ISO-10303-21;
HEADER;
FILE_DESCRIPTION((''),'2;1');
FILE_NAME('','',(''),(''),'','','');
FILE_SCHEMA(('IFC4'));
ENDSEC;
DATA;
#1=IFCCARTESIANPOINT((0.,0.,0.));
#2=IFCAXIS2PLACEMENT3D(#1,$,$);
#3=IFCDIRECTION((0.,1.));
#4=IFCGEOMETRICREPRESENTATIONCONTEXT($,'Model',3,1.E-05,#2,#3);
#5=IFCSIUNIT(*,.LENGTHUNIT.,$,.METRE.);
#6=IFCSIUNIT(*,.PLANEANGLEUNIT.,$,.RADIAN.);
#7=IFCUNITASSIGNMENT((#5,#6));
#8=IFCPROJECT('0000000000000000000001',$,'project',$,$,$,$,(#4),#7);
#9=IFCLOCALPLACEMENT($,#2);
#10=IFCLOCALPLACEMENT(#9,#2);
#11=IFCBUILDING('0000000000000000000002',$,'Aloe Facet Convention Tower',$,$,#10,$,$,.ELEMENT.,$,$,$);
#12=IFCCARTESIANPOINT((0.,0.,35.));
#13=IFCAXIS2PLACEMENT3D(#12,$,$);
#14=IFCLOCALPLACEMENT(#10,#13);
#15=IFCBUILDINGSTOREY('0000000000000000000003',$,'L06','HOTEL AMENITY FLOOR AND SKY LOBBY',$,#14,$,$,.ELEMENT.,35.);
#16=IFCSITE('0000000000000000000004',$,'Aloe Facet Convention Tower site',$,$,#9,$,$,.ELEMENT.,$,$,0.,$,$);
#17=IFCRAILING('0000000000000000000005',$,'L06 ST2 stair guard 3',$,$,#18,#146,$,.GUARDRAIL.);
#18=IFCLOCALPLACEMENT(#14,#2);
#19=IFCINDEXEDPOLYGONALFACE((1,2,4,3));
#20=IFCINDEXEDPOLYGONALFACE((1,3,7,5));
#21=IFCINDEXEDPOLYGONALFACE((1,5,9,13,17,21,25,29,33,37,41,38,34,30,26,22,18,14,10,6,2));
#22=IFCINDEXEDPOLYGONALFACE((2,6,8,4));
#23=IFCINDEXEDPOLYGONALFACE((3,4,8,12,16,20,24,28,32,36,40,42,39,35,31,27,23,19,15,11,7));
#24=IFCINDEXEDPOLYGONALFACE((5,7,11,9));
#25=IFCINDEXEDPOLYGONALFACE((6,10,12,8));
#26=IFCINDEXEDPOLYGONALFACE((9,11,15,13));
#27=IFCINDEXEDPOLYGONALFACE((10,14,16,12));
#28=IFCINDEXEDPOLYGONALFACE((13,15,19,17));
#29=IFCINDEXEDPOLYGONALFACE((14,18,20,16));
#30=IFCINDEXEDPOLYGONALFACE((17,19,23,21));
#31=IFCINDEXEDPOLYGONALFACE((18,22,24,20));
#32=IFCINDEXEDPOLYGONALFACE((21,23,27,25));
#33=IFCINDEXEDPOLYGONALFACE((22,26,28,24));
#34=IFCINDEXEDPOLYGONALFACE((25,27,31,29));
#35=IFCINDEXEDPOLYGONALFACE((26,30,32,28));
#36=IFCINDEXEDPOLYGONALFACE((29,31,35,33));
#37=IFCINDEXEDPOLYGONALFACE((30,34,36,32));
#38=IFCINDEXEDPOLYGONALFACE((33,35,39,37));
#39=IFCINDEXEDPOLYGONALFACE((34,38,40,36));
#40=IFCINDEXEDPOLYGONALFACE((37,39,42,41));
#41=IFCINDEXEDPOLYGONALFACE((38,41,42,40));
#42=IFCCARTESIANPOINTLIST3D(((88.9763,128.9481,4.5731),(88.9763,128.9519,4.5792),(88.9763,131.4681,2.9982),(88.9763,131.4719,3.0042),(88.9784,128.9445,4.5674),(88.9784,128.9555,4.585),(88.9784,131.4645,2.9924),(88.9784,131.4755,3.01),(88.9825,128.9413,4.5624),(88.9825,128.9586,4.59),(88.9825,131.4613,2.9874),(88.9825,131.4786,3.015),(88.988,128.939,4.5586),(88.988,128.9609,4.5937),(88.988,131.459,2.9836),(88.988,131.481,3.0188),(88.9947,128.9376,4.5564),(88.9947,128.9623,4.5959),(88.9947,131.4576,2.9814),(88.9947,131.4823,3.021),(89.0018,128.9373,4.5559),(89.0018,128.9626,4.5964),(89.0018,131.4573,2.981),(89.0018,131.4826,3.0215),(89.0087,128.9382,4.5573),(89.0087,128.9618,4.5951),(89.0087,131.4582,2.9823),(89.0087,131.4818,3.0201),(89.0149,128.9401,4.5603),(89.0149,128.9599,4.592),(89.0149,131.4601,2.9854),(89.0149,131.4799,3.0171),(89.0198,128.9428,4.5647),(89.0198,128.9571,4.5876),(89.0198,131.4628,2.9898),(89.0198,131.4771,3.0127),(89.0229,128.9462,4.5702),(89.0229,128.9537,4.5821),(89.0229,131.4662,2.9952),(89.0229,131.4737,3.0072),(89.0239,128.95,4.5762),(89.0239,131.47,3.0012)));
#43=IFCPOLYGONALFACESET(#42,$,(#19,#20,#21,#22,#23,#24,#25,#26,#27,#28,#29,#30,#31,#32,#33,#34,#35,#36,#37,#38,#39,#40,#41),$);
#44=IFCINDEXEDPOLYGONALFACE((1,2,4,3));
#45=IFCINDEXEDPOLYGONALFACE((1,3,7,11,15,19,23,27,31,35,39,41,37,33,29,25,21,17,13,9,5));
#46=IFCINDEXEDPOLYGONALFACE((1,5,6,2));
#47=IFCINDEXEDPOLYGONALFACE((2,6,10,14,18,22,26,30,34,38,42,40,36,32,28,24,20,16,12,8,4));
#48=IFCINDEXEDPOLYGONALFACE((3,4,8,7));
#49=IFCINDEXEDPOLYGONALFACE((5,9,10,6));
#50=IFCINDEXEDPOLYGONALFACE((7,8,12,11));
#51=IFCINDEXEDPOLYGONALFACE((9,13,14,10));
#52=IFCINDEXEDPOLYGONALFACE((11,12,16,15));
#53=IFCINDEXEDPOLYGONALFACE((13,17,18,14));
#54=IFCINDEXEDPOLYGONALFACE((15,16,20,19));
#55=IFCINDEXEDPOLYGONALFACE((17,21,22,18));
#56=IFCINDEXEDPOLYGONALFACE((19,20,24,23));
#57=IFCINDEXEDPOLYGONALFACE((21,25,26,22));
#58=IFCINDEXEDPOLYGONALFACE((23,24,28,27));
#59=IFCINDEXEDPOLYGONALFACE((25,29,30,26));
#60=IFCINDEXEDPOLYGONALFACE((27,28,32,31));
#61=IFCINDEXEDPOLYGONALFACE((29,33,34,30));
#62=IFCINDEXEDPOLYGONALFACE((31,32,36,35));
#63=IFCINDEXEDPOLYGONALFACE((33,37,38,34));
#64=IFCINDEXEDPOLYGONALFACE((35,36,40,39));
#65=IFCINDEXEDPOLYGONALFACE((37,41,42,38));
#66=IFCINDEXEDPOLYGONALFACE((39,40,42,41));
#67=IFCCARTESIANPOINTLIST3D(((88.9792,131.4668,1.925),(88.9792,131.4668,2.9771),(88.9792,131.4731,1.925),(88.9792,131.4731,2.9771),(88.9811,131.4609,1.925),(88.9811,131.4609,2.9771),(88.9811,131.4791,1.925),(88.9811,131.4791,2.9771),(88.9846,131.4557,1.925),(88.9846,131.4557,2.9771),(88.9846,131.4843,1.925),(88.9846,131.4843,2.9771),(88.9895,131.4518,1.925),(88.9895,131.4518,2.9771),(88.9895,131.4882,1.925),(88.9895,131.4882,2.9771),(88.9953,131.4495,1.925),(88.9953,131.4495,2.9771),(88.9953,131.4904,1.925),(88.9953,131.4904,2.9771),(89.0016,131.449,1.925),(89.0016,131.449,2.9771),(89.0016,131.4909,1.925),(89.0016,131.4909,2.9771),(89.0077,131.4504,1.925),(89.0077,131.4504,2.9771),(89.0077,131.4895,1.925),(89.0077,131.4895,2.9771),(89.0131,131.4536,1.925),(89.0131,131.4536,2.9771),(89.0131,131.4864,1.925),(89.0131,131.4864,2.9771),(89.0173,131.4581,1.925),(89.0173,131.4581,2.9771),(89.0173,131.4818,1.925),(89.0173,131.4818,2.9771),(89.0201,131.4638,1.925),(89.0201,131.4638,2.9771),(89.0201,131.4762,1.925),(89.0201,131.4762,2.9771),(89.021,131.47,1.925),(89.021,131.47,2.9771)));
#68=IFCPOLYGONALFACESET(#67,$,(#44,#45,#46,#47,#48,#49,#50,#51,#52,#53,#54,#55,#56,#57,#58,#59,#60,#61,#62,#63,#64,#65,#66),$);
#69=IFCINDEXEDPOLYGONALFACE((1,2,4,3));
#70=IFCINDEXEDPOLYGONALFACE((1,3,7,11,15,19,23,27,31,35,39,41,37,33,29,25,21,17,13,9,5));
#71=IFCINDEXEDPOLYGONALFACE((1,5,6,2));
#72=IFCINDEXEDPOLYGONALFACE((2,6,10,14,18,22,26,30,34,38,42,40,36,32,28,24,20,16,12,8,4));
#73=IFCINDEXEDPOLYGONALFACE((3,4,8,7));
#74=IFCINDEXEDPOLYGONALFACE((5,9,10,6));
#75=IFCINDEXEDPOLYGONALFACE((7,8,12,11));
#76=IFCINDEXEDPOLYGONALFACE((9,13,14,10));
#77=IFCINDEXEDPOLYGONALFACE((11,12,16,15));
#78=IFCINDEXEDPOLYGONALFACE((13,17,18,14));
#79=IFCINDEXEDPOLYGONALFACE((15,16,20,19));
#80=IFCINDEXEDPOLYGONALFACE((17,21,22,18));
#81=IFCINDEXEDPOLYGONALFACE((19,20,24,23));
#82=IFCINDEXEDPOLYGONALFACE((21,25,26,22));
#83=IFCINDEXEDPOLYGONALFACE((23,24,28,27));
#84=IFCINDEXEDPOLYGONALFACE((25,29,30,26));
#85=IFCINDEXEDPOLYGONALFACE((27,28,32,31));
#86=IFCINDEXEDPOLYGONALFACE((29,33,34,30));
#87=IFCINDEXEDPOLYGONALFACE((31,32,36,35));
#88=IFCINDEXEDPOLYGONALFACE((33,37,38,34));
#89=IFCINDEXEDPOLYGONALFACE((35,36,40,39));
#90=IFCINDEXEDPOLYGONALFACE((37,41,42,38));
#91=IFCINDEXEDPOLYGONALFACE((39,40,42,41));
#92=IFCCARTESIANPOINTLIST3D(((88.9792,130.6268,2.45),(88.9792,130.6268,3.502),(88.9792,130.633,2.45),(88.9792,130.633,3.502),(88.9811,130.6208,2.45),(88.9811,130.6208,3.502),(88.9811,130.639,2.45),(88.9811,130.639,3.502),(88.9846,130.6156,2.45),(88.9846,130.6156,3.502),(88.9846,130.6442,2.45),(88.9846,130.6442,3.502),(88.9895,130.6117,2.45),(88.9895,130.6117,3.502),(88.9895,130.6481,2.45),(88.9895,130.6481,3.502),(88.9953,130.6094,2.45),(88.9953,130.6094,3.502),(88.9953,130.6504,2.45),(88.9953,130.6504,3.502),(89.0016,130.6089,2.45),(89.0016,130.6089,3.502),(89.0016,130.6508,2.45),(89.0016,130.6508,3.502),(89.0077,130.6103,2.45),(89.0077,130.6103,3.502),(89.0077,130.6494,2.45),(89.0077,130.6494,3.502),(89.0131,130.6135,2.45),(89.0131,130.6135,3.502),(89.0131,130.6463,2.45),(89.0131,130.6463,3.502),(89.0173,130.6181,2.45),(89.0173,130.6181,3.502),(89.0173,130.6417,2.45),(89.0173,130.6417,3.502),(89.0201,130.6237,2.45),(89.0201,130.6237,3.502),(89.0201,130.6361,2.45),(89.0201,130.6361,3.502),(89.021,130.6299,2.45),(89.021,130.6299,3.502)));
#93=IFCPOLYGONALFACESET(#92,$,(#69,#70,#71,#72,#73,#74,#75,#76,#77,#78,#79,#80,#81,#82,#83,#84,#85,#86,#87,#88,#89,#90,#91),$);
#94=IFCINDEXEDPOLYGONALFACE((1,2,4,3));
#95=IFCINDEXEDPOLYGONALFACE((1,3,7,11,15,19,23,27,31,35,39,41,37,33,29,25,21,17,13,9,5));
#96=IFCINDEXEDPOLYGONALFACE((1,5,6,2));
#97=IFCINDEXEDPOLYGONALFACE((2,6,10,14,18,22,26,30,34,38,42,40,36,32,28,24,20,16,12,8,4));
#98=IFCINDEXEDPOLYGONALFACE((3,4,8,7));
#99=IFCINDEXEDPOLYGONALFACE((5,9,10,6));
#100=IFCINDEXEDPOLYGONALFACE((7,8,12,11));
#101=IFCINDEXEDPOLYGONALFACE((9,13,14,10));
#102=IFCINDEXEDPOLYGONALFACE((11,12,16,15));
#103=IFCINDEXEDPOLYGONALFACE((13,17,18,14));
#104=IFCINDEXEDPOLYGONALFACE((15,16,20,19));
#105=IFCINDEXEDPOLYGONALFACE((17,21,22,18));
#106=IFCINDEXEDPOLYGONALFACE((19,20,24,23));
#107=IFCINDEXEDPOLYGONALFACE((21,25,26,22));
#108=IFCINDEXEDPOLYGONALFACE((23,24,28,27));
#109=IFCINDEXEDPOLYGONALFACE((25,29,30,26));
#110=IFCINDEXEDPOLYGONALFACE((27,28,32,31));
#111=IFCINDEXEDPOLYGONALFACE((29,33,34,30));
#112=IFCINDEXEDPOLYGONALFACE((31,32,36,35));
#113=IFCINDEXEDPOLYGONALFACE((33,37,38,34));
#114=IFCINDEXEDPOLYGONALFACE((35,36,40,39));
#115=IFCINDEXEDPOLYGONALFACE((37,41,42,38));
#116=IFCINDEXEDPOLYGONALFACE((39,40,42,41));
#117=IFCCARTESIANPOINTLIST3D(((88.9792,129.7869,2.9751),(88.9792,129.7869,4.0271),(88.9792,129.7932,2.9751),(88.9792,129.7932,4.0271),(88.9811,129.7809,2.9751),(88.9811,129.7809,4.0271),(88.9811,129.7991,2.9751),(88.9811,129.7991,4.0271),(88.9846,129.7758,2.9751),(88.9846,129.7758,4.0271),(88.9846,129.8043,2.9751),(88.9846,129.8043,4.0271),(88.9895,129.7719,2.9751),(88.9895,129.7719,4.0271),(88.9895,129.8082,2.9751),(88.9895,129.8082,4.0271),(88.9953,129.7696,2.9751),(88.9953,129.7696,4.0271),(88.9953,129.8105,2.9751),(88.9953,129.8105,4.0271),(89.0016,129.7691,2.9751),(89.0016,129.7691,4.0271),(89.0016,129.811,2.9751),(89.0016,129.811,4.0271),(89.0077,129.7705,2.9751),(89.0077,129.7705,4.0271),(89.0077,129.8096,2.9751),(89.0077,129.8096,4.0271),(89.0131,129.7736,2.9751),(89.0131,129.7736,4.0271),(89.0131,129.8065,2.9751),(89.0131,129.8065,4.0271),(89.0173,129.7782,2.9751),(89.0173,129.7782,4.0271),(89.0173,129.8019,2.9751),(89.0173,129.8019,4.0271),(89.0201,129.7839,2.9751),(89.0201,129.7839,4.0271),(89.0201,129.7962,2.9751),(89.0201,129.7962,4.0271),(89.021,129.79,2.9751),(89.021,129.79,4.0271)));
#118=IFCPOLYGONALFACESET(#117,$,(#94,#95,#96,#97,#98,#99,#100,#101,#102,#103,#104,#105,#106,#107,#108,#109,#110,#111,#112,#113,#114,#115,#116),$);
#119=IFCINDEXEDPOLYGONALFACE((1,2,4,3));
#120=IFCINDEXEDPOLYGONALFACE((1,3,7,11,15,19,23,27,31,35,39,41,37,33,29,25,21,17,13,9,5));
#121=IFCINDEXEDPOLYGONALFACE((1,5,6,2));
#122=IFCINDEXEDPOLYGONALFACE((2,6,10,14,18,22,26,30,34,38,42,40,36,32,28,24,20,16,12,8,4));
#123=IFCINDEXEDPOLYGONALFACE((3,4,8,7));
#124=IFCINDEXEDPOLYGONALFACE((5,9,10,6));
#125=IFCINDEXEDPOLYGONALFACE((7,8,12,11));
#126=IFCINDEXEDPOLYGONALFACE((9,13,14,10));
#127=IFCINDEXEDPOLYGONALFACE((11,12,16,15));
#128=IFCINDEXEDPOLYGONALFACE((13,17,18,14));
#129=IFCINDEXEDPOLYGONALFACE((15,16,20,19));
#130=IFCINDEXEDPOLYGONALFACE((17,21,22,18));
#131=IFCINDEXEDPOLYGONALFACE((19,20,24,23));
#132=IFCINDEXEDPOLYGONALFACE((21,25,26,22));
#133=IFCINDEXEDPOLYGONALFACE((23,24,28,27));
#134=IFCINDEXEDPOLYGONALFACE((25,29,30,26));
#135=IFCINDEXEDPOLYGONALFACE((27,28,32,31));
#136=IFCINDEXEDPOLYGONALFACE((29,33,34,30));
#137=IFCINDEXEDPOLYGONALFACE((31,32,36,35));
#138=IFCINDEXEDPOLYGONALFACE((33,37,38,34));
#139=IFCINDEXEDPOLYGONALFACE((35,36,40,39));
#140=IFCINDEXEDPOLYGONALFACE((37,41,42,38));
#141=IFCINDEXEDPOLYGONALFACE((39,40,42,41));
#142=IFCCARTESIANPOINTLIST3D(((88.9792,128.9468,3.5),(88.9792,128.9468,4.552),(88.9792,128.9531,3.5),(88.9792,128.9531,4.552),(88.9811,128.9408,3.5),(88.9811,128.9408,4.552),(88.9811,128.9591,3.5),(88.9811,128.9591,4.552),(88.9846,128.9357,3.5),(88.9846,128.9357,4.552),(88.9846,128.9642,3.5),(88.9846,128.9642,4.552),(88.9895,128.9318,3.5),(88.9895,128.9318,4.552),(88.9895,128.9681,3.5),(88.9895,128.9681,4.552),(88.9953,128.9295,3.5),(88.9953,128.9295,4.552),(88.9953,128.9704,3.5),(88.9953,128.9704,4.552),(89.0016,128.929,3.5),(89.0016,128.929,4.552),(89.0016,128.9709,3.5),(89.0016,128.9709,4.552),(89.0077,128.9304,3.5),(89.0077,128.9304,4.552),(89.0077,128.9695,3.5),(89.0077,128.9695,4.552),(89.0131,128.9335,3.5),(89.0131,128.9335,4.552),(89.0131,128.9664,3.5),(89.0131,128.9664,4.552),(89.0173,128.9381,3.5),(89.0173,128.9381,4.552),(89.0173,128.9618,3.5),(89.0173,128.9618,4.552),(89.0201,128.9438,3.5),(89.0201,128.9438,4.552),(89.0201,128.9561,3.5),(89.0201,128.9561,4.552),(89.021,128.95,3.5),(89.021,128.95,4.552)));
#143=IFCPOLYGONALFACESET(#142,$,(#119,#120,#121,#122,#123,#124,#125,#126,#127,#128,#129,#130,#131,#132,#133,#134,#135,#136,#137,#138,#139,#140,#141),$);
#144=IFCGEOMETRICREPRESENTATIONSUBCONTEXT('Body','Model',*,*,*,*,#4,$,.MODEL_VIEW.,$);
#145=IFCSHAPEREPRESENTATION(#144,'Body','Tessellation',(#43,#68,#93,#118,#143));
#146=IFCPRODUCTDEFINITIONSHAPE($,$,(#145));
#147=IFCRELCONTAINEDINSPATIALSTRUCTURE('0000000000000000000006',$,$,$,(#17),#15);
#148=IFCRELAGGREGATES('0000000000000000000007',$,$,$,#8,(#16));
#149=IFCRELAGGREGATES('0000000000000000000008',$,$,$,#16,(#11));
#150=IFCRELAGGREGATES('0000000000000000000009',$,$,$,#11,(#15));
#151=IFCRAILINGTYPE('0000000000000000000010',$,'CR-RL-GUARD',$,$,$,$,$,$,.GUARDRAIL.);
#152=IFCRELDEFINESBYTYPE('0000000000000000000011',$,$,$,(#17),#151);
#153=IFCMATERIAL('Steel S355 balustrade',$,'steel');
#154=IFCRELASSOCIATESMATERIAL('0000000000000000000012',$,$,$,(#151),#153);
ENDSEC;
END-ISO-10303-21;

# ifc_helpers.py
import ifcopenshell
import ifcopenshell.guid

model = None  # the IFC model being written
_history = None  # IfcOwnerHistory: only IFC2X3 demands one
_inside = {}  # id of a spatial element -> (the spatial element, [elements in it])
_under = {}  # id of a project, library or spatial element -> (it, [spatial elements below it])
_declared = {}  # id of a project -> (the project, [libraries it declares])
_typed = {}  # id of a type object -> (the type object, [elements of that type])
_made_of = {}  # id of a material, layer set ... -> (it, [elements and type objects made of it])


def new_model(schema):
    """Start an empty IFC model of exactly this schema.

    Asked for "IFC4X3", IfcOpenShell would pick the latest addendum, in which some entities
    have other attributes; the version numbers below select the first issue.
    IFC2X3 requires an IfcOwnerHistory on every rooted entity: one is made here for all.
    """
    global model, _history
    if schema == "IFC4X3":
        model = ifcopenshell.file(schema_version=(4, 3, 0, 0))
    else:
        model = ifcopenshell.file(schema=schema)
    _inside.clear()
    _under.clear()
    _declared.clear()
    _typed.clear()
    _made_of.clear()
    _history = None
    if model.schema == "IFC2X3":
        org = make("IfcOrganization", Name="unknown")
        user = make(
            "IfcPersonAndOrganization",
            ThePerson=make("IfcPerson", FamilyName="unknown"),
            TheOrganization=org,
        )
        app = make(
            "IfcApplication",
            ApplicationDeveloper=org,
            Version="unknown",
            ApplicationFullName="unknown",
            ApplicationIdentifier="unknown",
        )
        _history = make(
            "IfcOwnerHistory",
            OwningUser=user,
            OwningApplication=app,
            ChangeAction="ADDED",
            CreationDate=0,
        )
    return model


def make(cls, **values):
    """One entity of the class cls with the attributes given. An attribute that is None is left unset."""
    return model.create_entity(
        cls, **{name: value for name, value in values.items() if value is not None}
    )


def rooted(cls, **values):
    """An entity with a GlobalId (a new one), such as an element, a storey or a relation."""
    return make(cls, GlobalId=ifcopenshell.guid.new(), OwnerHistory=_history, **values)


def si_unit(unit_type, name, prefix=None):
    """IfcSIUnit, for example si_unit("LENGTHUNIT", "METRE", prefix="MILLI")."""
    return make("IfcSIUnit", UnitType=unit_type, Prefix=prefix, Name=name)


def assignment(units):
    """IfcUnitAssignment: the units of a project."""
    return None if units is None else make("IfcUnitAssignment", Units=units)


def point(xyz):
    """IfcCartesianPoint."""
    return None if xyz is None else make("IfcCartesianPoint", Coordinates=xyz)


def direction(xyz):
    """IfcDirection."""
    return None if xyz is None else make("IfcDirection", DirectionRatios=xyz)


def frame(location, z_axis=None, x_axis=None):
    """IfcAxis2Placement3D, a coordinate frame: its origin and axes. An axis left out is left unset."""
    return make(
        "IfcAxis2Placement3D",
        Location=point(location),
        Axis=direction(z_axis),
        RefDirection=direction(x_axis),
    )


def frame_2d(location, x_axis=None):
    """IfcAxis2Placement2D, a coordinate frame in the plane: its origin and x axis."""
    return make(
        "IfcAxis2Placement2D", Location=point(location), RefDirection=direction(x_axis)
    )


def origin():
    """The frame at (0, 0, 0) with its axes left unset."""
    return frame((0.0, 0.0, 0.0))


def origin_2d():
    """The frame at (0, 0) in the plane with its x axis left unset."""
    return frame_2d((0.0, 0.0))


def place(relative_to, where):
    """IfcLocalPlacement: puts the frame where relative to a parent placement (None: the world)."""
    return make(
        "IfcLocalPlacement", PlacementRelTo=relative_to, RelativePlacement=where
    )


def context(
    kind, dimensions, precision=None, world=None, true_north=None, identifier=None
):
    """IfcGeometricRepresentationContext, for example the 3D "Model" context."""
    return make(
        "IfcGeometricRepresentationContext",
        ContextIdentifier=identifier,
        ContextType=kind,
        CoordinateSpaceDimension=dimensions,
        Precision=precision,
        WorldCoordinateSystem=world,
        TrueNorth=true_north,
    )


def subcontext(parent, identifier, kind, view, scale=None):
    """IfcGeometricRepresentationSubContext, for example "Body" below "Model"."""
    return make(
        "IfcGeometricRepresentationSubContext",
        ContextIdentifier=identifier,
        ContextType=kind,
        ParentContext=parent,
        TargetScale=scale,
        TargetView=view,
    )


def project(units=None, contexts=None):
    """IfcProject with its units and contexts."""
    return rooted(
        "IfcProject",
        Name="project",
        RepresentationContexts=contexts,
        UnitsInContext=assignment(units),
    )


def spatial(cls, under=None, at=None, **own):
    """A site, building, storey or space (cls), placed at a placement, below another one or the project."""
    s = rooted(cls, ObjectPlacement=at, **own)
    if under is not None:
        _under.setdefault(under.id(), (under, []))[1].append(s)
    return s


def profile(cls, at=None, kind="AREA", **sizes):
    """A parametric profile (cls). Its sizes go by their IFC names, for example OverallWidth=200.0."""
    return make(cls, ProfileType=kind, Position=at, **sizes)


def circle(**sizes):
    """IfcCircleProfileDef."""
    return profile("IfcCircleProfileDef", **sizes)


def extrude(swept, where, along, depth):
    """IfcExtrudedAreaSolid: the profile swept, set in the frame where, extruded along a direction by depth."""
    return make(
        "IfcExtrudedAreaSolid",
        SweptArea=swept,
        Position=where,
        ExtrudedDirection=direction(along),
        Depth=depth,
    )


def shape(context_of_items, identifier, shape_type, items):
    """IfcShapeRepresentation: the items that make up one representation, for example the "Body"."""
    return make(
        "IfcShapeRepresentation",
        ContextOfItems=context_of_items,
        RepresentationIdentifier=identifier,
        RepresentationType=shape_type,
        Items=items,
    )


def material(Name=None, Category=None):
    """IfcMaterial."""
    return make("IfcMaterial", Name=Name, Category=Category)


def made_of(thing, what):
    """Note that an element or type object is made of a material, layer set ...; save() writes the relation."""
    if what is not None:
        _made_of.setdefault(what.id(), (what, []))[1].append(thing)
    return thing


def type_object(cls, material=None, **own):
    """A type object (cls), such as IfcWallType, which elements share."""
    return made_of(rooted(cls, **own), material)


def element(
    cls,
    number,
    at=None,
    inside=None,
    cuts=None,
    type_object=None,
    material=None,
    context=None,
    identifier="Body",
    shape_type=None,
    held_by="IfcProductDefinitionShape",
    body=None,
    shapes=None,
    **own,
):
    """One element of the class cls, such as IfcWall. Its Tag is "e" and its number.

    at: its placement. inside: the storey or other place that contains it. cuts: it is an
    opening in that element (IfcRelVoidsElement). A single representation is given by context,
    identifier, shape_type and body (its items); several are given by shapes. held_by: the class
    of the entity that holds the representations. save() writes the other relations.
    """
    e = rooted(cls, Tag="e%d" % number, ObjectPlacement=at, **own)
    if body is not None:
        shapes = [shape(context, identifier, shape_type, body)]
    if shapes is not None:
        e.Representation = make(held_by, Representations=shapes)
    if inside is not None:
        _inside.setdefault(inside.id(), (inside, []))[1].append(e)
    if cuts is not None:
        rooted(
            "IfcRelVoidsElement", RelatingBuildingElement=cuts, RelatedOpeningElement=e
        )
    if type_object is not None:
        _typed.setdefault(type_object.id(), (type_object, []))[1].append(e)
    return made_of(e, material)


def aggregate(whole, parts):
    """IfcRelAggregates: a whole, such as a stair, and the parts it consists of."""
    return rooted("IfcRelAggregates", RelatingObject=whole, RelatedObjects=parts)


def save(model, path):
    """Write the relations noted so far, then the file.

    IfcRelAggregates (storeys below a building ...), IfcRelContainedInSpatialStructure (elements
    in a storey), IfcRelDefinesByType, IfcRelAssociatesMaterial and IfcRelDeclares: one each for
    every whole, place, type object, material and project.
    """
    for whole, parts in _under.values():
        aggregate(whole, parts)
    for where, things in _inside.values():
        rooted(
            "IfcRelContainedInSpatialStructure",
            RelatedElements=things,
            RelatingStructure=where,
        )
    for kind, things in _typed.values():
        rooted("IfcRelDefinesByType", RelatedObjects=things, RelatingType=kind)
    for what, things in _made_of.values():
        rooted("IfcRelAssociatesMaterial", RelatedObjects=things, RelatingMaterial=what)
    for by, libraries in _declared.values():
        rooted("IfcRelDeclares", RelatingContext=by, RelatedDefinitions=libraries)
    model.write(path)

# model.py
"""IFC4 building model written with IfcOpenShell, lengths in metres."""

from ifc_helpers import new_model, si_unit, direction, frame, origin, origin_2d, place, context, subcontext, project, spatial, circle, extrude, material, type_object, element, save


model = new_model("IFC4")

# Units and contexts
model_context = context("Model", 3, precision=1e-05, world=origin(), true_north=direction((0.0, 1.0)))
body_context = subcontext(model_context, "Body", "Model", "MODEL_VIEW")
ifc_project = project(units=[si_unit("LENGTHUNIT", "METRE"), si_unit("PLANEANGLEUNIT", "RADIAN")], contexts=[model_context])

# Site, building, storey
site_placement = place(None, origin())
site = spatial("IfcSite", under=ifc_project, at=site_placement, Name="Aloe Facet Convention Tower site", CompositionType="ELEMENT", RefElevation=0.0)
building_placement = place(site_placement, origin())
building = spatial("IfcBuilding", under=site, at=building_placement, Name="Aloe Facet Convention Tower", CompositionType="ELEMENT")
storey_placement = place(building_placement, frame((0.0, 0.0, 35.0)))
storey = spatial("IfcBuildingStorey", under=building, at=storey_placement, Name="L06", Description="HOTEL AMENITY FLOOR AND SKY LOBBY", CompositionType="ELEMENT", Elevation=35.0)

# Railing
ifc_material_1 = material(Name="Steel S355 balustrade", Category="steel")
railing_type_1 = type_object("IfcRailingType", Name="CR-RL-GUARD", PredefinedType="GUARDRAIL", material=ifc_material_1)
railing_1_placement = place(storey_placement, frame((89.0, 131.47, 1.925)))
element("IfcRailing", 1, at=railing_1_placement, inside=storey, type_object=railing_type_1, Name="L06 ST2 stair guard 3", PredefinedType="GUARDRAIL", context=body_context, shape_type="SweptSolid", body=[
    extrude(circle(Radius=0.0239, at=origin_2d()), frame((0.0, 0.0, 1.0762), z_axis=(0.0, -0.848008, 0.529984), x_axis=(1.0, 0.0, 0.0)), (0.0, 0.0, 1.0), 2.9717),
    extrude(circle(Radius=0.021, at=origin_2d()), origin(), (0.0, 0.0, 1.0), 1.052),
    extrude(circle(Radius=0.021, at=origin_2d()), frame((0.0, -0.8401, 0.5249)), (0.0, 0.0, 1.0), 1.052),
    extrude(circle(Radius=0.021, at=origin_2d()), frame((0.0, -1.6799, 1.05)), (0.0, 0.0, 1.0), 1.052),
    extrude(circle(Radius=0.021, at=origin_2d()), frame((0.0, -2.52, 1.575)), (0.0, 0.0, 1.0), 1.052),
])

save(model, "model.ifc")
